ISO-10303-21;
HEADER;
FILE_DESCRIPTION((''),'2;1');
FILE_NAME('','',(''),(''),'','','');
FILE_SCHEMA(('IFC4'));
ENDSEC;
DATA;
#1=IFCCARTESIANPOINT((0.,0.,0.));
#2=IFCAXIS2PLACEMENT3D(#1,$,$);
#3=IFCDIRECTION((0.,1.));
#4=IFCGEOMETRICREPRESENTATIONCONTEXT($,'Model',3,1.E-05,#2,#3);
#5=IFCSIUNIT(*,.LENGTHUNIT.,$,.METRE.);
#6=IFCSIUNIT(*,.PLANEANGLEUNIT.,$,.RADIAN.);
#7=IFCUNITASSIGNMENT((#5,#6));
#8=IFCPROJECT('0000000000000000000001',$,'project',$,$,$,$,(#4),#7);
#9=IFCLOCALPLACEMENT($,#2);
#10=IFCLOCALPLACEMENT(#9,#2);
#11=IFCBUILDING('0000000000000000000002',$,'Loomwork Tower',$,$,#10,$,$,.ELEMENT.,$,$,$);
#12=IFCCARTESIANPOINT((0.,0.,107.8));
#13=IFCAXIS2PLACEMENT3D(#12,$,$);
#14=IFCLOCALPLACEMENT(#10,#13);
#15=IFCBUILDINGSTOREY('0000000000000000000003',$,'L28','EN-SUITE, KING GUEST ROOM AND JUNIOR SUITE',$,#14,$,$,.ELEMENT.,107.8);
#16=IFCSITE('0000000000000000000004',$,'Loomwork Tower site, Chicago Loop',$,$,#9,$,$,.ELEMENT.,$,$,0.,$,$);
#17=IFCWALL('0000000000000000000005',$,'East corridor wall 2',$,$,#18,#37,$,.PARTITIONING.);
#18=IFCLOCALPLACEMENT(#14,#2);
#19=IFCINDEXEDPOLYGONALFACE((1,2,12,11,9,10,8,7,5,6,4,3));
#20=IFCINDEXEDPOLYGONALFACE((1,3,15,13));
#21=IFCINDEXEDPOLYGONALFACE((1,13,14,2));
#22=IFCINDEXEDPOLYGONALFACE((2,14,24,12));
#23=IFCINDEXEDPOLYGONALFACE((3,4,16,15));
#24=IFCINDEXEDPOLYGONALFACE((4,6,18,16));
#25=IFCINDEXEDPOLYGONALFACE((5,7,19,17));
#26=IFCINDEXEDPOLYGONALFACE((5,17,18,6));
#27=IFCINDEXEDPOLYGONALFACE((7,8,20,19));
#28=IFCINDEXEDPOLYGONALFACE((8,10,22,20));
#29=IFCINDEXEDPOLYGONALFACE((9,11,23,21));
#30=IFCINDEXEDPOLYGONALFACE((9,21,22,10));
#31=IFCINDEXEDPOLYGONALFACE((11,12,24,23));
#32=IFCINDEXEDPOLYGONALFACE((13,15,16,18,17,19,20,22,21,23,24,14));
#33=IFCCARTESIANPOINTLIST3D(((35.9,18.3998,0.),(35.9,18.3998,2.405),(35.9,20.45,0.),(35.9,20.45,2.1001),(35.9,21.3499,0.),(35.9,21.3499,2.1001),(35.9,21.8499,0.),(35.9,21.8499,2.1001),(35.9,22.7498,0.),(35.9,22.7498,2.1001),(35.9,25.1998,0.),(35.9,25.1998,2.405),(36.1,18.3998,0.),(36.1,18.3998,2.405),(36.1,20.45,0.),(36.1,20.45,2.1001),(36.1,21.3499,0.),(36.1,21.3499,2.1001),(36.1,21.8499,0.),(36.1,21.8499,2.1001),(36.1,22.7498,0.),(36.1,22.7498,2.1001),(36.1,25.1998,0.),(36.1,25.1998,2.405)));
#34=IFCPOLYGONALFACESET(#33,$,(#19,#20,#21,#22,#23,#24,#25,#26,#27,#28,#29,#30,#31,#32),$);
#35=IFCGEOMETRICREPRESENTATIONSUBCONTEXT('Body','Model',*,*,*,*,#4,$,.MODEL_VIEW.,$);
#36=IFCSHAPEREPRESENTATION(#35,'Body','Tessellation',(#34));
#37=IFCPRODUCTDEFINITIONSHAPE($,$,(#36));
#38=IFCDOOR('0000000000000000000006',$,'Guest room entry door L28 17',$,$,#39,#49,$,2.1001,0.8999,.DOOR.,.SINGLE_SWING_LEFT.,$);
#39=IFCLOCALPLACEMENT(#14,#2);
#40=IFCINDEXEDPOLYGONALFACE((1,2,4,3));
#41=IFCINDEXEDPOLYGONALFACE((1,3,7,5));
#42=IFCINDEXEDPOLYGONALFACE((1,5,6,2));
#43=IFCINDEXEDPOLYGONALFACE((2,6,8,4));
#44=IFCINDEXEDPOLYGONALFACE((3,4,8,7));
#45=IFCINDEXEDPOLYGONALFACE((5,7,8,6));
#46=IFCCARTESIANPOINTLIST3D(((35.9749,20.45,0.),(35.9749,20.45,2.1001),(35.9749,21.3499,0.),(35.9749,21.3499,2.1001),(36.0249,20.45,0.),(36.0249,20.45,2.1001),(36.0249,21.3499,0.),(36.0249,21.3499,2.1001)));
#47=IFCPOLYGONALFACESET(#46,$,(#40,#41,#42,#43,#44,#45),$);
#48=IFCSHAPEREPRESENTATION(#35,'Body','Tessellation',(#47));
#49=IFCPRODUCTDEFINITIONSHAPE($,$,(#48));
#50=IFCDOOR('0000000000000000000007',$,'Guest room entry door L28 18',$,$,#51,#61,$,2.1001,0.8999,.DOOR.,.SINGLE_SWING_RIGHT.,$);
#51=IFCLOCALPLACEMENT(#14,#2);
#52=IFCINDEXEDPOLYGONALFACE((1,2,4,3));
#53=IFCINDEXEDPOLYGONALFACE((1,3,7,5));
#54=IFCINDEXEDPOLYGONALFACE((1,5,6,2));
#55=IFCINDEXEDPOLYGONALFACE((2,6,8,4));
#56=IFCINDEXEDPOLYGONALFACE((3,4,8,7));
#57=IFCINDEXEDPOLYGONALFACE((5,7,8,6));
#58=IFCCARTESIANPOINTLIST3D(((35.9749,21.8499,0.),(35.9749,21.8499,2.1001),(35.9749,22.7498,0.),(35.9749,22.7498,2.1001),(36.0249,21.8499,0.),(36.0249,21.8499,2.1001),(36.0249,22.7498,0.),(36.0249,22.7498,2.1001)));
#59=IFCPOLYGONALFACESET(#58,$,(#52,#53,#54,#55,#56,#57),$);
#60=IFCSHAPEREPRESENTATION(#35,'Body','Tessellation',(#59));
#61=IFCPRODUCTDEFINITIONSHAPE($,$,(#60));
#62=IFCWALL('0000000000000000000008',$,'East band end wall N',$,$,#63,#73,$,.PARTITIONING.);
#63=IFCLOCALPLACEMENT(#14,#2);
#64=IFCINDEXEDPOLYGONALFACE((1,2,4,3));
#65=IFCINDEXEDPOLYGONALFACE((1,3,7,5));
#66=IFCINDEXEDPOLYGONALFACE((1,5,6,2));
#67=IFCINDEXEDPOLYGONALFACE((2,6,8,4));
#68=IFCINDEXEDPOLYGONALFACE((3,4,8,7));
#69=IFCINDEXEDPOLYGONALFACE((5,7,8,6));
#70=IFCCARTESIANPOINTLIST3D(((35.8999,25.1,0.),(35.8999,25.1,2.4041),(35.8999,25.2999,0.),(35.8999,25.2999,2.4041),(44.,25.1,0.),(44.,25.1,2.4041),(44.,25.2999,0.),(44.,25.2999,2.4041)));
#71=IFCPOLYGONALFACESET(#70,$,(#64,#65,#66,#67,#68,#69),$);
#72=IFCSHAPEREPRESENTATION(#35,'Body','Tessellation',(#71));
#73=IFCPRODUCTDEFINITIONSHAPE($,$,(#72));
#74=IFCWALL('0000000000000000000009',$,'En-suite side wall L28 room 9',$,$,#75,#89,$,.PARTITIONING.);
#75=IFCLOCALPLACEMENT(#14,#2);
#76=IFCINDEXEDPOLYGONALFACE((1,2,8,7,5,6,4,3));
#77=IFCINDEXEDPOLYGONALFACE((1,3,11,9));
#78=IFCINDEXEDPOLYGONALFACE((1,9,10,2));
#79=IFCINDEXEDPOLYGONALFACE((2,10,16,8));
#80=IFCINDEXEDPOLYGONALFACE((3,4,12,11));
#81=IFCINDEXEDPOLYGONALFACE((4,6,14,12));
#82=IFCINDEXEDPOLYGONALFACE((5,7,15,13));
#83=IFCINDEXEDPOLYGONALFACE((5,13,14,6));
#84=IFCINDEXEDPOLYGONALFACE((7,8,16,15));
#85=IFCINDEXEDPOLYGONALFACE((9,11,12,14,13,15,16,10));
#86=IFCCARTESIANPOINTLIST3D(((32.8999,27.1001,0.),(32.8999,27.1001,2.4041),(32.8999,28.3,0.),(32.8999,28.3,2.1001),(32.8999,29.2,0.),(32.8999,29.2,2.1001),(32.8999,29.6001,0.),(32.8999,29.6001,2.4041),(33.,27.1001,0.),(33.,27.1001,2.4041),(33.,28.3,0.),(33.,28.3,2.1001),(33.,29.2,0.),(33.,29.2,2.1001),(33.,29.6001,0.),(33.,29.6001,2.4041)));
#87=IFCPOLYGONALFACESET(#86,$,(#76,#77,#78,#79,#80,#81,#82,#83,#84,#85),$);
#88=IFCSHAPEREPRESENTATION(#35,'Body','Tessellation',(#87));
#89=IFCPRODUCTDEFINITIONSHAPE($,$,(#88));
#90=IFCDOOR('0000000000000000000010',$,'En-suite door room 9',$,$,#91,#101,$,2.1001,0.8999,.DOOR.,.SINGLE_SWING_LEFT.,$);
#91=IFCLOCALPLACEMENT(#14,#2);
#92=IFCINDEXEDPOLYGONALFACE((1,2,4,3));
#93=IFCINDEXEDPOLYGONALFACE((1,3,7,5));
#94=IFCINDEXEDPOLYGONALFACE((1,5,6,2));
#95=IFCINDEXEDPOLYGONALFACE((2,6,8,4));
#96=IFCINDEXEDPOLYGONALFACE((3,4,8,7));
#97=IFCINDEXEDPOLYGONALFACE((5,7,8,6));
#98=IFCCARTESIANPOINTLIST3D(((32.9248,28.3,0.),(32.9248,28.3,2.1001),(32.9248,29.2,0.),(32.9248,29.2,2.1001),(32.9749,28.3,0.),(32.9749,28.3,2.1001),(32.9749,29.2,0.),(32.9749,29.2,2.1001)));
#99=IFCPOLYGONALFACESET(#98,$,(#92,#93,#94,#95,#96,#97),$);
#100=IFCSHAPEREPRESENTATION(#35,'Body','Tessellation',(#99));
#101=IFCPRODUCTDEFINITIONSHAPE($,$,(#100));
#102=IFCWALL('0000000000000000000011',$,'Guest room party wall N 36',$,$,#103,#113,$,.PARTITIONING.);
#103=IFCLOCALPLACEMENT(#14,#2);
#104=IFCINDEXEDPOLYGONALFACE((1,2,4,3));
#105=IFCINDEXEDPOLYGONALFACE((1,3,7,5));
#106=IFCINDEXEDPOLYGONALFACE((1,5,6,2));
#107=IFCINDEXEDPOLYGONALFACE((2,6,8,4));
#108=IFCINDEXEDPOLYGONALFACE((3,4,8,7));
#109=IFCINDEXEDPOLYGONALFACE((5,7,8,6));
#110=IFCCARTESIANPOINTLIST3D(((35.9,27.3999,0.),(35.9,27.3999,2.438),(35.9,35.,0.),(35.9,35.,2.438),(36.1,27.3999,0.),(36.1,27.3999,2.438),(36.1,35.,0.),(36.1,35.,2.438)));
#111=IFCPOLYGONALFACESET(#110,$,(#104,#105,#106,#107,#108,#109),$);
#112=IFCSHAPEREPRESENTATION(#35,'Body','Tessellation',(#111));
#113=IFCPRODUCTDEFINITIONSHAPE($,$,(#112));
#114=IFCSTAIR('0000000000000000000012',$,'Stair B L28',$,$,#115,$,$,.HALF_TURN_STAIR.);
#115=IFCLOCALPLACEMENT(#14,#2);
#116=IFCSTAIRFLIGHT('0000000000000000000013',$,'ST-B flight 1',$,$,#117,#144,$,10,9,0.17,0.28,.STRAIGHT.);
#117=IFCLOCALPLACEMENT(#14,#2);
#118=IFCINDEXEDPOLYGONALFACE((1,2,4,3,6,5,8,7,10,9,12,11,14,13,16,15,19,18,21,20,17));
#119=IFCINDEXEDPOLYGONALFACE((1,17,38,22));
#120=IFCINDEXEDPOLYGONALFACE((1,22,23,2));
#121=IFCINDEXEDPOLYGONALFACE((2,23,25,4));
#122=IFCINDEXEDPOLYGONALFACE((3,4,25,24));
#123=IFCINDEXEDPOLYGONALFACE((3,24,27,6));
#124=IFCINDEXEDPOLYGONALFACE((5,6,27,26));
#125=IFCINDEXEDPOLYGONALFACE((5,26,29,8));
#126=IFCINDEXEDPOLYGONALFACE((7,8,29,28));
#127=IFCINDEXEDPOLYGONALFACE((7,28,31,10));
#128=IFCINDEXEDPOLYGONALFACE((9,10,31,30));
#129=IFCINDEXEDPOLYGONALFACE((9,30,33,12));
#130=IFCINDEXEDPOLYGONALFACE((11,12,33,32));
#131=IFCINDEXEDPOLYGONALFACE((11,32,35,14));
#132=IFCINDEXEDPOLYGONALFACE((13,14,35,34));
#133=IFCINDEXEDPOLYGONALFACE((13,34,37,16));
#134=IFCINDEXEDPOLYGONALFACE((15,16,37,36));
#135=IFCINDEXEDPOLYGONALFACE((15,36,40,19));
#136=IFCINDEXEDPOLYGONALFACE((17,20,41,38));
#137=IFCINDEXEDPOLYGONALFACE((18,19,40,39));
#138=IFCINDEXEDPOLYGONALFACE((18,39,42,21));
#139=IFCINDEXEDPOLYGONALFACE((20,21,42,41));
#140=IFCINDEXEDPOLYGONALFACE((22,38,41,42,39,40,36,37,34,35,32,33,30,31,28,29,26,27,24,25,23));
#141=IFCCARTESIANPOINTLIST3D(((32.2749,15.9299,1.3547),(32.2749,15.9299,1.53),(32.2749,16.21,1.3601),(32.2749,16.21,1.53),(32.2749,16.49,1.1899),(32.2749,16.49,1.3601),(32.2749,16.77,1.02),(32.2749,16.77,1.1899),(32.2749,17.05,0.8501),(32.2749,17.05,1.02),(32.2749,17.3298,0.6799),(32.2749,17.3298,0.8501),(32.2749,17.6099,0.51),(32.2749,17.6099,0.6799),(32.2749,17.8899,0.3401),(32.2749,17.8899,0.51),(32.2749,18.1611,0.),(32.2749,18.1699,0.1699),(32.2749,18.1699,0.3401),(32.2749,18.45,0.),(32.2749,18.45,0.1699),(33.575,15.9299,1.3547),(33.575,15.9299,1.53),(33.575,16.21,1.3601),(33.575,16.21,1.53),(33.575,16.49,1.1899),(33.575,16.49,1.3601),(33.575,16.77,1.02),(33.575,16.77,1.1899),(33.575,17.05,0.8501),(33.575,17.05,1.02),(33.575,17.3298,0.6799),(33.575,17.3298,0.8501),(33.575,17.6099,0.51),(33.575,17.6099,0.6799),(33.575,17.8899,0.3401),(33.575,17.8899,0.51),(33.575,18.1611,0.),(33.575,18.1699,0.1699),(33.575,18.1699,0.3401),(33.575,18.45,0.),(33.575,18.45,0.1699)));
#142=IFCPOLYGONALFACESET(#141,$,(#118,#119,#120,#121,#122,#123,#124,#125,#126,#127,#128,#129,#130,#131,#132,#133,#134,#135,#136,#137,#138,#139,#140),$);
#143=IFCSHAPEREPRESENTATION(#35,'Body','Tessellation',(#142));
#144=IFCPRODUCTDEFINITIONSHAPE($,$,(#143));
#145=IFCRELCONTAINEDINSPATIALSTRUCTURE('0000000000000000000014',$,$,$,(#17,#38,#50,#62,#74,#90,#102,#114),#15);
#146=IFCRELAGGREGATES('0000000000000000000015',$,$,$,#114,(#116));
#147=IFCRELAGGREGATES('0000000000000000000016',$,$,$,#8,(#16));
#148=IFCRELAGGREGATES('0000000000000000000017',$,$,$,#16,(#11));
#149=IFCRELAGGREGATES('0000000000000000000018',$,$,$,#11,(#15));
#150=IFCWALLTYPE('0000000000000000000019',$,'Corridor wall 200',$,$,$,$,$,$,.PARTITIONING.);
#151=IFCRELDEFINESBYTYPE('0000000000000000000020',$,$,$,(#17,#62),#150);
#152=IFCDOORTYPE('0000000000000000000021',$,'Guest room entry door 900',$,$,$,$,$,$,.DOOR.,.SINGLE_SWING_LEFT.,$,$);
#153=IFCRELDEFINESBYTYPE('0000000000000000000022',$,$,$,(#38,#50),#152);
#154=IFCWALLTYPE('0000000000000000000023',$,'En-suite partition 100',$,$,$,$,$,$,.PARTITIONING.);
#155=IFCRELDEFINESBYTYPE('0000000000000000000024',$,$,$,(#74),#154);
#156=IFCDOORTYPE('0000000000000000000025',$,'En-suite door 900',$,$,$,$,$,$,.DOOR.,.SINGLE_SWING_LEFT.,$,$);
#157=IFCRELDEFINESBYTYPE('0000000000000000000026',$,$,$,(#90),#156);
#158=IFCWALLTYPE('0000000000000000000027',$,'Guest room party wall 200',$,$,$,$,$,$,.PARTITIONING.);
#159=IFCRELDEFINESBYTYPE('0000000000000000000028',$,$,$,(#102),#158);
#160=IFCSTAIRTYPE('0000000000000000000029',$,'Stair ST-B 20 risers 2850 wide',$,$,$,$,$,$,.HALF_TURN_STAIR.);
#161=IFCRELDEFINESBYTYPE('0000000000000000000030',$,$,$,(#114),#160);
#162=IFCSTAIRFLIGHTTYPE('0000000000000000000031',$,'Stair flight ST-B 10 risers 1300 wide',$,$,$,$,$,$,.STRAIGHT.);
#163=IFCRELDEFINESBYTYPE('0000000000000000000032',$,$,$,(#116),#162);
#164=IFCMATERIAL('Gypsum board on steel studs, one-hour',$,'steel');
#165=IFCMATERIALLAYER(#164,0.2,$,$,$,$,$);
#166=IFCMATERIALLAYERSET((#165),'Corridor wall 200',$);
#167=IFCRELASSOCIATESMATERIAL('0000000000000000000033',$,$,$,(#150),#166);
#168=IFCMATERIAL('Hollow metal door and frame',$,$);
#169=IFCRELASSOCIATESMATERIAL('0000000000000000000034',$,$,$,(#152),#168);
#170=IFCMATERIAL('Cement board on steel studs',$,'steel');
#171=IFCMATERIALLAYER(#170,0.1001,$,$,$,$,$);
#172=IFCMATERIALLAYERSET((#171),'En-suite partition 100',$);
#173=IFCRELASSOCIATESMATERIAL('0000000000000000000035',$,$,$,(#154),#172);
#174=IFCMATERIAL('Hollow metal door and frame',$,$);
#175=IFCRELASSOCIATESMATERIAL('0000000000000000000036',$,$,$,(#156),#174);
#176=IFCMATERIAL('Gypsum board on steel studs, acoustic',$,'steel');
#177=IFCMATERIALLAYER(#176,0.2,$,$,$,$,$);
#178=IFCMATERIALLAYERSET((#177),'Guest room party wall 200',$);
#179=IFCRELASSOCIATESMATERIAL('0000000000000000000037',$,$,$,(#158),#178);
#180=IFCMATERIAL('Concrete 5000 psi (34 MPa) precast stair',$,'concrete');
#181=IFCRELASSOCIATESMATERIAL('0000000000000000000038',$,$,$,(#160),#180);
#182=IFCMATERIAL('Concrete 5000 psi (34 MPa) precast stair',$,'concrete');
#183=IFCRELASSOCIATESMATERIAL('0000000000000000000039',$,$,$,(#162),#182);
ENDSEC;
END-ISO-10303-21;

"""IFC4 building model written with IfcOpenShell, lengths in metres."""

from ifc_helpers import new_model, si_unit, direction, frame, frame_2d, origin, place, context, subcontext, project, spatial, polyline, rectangle, outline, extrude, material, layer, layer_set, type_object, element, fill, aggregate, save


model = new_model("IFC4")

# Units and contexts
model_context = context("Model", 3, precision=1e-05, world=origin(), true_north=direction((0.0, 1.0)))
body_context = subcontext(model_context, "Body", "Model", "MODEL_VIEW")
ifc_project = project(units=[si_unit("LENGTHUNIT", "METRE"), si_unit("PLANEANGLEUNIT", "RADIAN")], contexts=[model_context])

# Site, building, storey
site_placement = place(None, origin())
site = spatial("IfcSite", under=ifc_project, at=site_placement, Name="Loomwork Tower site, Chicago Loop", CompositionType="ELEMENT", RefElevation=0.0)
building_placement = place(site_placement, origin())
building = spatial("IfcBuilding", under=site, at=building_placement, Name="Loomwork Tower", CompositionType="ELEMENT")
storey_placement = place(building_placement, frame((0.0, 0.0, 107.8)))
storey = spatial("IfcBuildingStorey", under=building, at=storey_placement, Name="L28", Description="EN-SUITE, KING GUEST ROOM AND JUNIOR SUITE", CompositionType="ELEMENT", Elevation=107.8)

# Wall, openings, doors
ifc_material_1 = material(Name="Gypsum board on steel studs, one-hour", Category="steel")
ifc_layer_1 = layer(ifc_material_1, 0.2)
ifc_layer_set_1 = layer_set([ifc_layer_1], Name="Corridor wall 200")
wall_type_1 = type_object("IfcWallType", Name="Corridor wall 200", PredefinedType="PARTITIONING", material=ifc_layer_set_1)
wall_1_placement = place(storey_placement, frame((36.0, 18.3999, 0.0), z_axis=(0.0, 0.0, 1.0), x_axis=(0.0, 1.0, 0.0)))
wall_1 = element("IfcWall", 1, at=wall_1_placement, inside=storey, type_object=wall_type_1, Name="East corridor wall 2", PredefinedType="PARTITIONING", context=body_context, shape_type="SweptSolid", body=[
    extrude(rectangle(XDim=6.8, YDim=0.2, at=frame_2d((3.3999, 0.0))), origin(), (0.0, 0.0, 1.0), 2.405),
])
opening_1_placement = place(wall_1_placement, frame((2.05, 0.0, 0.0)))
opening_1 = element("IfcOpeningElement", 2, at=opening_1_placement, cuts=wall_1, PredefinedType="OPENING", context=body_context, shape_type="SweptSolid", body=[
    extrude(rectangle(XDim=0.8999, YDim=2.1001, at=frame_2d((0.45, 1.05))), frame((0.0, 0.1099, 0.0), z_axis=(0.0, -1.0, 0.0), x_axis=(1.0, 0.0, 0.0)), (0.0, 0.0, 1.0), 0.22),
])
opening_2_placement = place(wall_1_placement, frame((3.45, 0.0, 0.0)))
opening_2 = element("IfcOpeningElement", 3, at=opening_2_placement, cuts=wall_1, PredefinedType="OPENING", context=body_context, shape_type="SweptSolid", body=[
    extrude(rectangle(XDim=0.8999, YDim=2.1001, at=frame_2d((0.45, 1.05))), frame((0.0, 0.1099, 0.0), z_axis=(0.0, -1.0, 0.0), x_axis=(1.0, 0.0, 0.0)), (0.0, 0.0, 1.0), 0.22),
])
ifc_material_2 = material(Name="Hollow metal door and frame")
door_type_1 = type_object("IfcDoorType", Name="Guest room entry door 900", OperationType="SINGLE_SWING_LEFT", PredefinedType="DOOR", material=ifc_material_2)
door_1_placement = place(opening_1_placement, frame((0.8999, 0.0, 0.0), z_axis=(0.0, 0.0, 1.0), x_axis=(-1.0, 0.0, 0.0)))
door_1 = element("IfcDoor", 4, at=door_1_placement, inside=storey, type_object=door_type_1, Name="Guest room entry door L28 17", OperationType="SINGLE_SWING_LEFT", OverallHeight=2.1001, OverallWidth=0.8999, PredefinedType="DOOR", context=body_context, shape_type="SweptSolid", body=[
    extrude(rectangle(XDim=0.8999, YDim=2.1001, at=frame_2d((0.45, 1.05))), frame((0.0, 0.0249, 0.0), z_axis=(0.0, -1.0, 0.0), x_axis=(1.0, 0.0, 0.0)), (0.0, 0.0, 1.0), 0.05),
])
fill(opening_1, door_1)
door_2_placement = place(opening_2_placement, frame((0.8999, 0.0, 0.0), z_axis=(0.0, 0.0, 1.0), x_axis=(-1.0, 0.0, 0.0)))
door_2 = element("IfcDoor", 5, at=door_2_placement, inside=storey, type_object=door_type_1, Name="Guest room entry door L28 18", OperationType="SINGLE_SWING_RIGHT", OverallHeight=2.1001, OverallWidth=0.8999, PredefinedType="DOOR", context=body_context, shape_type="SweptSolid", body=[
    extrude(rectangle(XDim=0.8999, YDim=2.1001, at=frame_2d((0.45, 1.05))), frame((0.0, 0.0249, 0.0), z_axis=(0.0, -1.0, 0.0), x_axis=(1.0, 0.0, 0.0)), (0.0, 0.0, 1.0), 0.05),
])
fill(opening_2, door_2)

# Wall
wall_2_placement = place(storey_placement, frame((35.8999, 25.2, 0.0), z_axis=(0.0, 0.0, 1.0), x_axis=(1.0, 0.0, 0.0)))
element("IfcWall", 6, at=wall_2_placement, inside=storey, type_object=wall_type_1, Name="East band end wall N", PredefinedType="PARTITIONING", context=body_context, shape_type="SweptSolid", body=[
    extrude(rectangle(XDim=8.1001, YDim=0.2, at=frame_2d((4.05, 0.0))), origin(), (0.0, 0.0, 1.0), 2.4041),
])

# Wall, opening, door
ifc_material_3 = material(Name="Cement board on steel studs", Category="steel")
ifc_layer_2 = layer(ifc_material_3, 0.1001)
ifc_layer_set_2 = layer_set([ifc_layer_2], Name="En-suite partition 100")
wall_type_2 = type_object("IfcWallType", Name="En-suite partition 100", PredefinedType="PARTITIONING", material=ifc_layer_set_2)
wall_3_placement = place(storey_placement, frame((32.95, 27.1001, 0.0), z_axis=(0.0, 0.0, 1.0), x_axis=(0.0, 1.0, 0.0)))
wall_3 = element("IfcWall", 7, at=wall_3_placement, inside=storey, type_object=wall_type_2, Name="En-suite side wall L28 room 9", PredefinedType="PARTITIONING", context=body_context, shape_type="SweptSolid", body=[
    extrude(rectangle(XDim=2.5, YDim=0.1001, at=frame_2d((1.25, 0.0))), origin(), (0.0, 0.0, 1.0), 2.4041),
])
opening_3_placement = place(wall_3_placement, frame((1.2, 0.0, 0.0)))
opening_3 = element("IfcOpeningElement", 8, at=opening_3_placement, cuts=wall_3, PredefinedType="OPENING", context=body_context, shape_type="SweptSolid", body=[
    extrude(rectangle(XDim=0.8999, YDim=2.1001, at=frame_2d((0.45, 1.05))), frame((0.0, 0.0601, 0.0), z_axis=(0.0, -1.0, 0.0), x_axis=(1.0, 0.0, 0.0)), (0.0, 0.0, 1.0), 0.1201),
])
ifc_material_4 = material(Name="Hollow metal door and frame")
door_type_2 = type_object("IfcDoorType", Name="En-suite door 900", OperationType="SINGLE_SWING_LEFT", PredefinedType="DOOR", material=ifc_material_4)
door_3_placement = place(opening_3_placement, frame((0.8999, 0.0, 0.0), z_axis=(0.0, 0.0, 1.0), x_axis=(-1.0, 0.0, 0.0)))
door_3 = element("IfcDoor", 9, at=door_3_placement, inside=storey, type_object=door_type_2, Name="En-suite door room 9", OperationType="SINGLE_SWING_LEFT", OverallHeight=2.1001, OverallWidth=0.8999, PredefinedType="DOOR", context=body_context, shape_type="SweptSolid", body=[
    extrude(rectangle(XDim=0.8999, YDim=2.1001, at=frame_2d((0.45, 1.05))), frame((0.0, 0.0249, 0.0), z_axis=(0.0, -1.0, 0.0), x_axis=(1.0, 0.0, 0.0)), (0.0, 0.0, 1.0), 0.05),
])
fill(opening_3, door_3)

# Wall
ifc_material_5 = material(Name="Gypsum board on steel studs, acoustic", Category="steel")
ifc_layer_3 = layer(ifc_material_5, 0.2)
ifc_layer_set_3 = layer_set([ifc_layer_3], Name="Guest room party wall 200")
wall_type_3 = type_object("IfcWallType", Name="Guest room party wall 200", PredefinedType="PARTITIONING", material=ifc_layer_set_3)
wall_4_placement = place(storey_placement, frame((36.0, 27.3999, 0.0), z_axis=(0.0, 0.0, 1.0), x_axis=(0.0, 1.0, 0.0)))
element("IfcWall", 10, at=wall_4_placement, inside=storey, type_object=wall_type_3, Name="Guest room party wall N 36", PredefinedType="PARTITIONING", context=body_context, shape_type="SweptSolid", body=[
    extrude(rectangle(XDim=7.6001, YDim=0.2, at=frame_2d((3.8, 0.0))), origin(), (0.0, 0.0, 1.0), 2.438),
])

# Stair, stair flight
ifc_material_6 = material(Name="Concrete 5000 psi (34 MPa) precast stair", Category="concrete")
stair_type = type_object("IfcStairType", Name="Stair ST-B 20 risers 2850 wide", PredefinedType="HALF_TURN_STAIR", material=ifc_material_6)
stair_placement = place(storey_placement, origin())
stair = element("IfcStair", 11, at=stair_placement, inside=storey, type_object=stair_type, Name="Stair B L28", PredefinedType="HALF_TURN_STAIR")
ifc_material_7 = material(Name="Concrete 5000 psi (34 MPa) precast stair", Category="concrete")
stair_flight_type = type_object("IfcStairFlightType", Name="Stair flight ST-B 10 risers 1300 wide", PredefinedType="STRAIGHT", material=ifc_material_7)
stair_flight_placement = place(storey_placement, frame((32.925, 18.45, 0.0), z_axis=(0.0, 0.0, 1.0), x_axis=(0.0, -1.0, 0.0)))
stair_flight = element("IfcStairFlight", 12, at=stair_flight_placement, type_object=stair_flight_type, Name="ST-B flight 1", NumberOfRisers=10, NumberOfTreads=9, PredefinedType="STRAIGHT", RiserHeight=0.17, TreadLength=0.28, context=body_context, shape_type="SweptSolid", body=[
    extrude(outline(polyline([(0.0, 0.0), (0.0, 0.1699), (0.28, 0.1699), (0.28, 0.3401), (0.5601, 0.3401), (0.5601, 0.51), (0.8401, 0.51), (0.8401, 0.6799), (1.1201, 0.6799), (1.1201, 0.8501), (1.3999, 0.8501), (1.3999, 1.02), (1.6799, 1.02), (1.6799, 1.1899), (1.96, 1.1899), (1.96, 1.3601), (2.24, 1.3601), (2.24, 1.53), (2.52, 1.53), (2.52, 1.7), (2.52, 1.3547), (0.2888, 0.0), (0.0, 0.0)])), frame((0.0, 0.6499, 0.0), z_axis=(0.0, -1.0, 0.0), x_axis=(1.0, 0.0, 0.0)), (0.0, 0.0, 1.0), 1.3),
])
aggregate(stair, [stair_flight])

save(model, "model.ifc")
